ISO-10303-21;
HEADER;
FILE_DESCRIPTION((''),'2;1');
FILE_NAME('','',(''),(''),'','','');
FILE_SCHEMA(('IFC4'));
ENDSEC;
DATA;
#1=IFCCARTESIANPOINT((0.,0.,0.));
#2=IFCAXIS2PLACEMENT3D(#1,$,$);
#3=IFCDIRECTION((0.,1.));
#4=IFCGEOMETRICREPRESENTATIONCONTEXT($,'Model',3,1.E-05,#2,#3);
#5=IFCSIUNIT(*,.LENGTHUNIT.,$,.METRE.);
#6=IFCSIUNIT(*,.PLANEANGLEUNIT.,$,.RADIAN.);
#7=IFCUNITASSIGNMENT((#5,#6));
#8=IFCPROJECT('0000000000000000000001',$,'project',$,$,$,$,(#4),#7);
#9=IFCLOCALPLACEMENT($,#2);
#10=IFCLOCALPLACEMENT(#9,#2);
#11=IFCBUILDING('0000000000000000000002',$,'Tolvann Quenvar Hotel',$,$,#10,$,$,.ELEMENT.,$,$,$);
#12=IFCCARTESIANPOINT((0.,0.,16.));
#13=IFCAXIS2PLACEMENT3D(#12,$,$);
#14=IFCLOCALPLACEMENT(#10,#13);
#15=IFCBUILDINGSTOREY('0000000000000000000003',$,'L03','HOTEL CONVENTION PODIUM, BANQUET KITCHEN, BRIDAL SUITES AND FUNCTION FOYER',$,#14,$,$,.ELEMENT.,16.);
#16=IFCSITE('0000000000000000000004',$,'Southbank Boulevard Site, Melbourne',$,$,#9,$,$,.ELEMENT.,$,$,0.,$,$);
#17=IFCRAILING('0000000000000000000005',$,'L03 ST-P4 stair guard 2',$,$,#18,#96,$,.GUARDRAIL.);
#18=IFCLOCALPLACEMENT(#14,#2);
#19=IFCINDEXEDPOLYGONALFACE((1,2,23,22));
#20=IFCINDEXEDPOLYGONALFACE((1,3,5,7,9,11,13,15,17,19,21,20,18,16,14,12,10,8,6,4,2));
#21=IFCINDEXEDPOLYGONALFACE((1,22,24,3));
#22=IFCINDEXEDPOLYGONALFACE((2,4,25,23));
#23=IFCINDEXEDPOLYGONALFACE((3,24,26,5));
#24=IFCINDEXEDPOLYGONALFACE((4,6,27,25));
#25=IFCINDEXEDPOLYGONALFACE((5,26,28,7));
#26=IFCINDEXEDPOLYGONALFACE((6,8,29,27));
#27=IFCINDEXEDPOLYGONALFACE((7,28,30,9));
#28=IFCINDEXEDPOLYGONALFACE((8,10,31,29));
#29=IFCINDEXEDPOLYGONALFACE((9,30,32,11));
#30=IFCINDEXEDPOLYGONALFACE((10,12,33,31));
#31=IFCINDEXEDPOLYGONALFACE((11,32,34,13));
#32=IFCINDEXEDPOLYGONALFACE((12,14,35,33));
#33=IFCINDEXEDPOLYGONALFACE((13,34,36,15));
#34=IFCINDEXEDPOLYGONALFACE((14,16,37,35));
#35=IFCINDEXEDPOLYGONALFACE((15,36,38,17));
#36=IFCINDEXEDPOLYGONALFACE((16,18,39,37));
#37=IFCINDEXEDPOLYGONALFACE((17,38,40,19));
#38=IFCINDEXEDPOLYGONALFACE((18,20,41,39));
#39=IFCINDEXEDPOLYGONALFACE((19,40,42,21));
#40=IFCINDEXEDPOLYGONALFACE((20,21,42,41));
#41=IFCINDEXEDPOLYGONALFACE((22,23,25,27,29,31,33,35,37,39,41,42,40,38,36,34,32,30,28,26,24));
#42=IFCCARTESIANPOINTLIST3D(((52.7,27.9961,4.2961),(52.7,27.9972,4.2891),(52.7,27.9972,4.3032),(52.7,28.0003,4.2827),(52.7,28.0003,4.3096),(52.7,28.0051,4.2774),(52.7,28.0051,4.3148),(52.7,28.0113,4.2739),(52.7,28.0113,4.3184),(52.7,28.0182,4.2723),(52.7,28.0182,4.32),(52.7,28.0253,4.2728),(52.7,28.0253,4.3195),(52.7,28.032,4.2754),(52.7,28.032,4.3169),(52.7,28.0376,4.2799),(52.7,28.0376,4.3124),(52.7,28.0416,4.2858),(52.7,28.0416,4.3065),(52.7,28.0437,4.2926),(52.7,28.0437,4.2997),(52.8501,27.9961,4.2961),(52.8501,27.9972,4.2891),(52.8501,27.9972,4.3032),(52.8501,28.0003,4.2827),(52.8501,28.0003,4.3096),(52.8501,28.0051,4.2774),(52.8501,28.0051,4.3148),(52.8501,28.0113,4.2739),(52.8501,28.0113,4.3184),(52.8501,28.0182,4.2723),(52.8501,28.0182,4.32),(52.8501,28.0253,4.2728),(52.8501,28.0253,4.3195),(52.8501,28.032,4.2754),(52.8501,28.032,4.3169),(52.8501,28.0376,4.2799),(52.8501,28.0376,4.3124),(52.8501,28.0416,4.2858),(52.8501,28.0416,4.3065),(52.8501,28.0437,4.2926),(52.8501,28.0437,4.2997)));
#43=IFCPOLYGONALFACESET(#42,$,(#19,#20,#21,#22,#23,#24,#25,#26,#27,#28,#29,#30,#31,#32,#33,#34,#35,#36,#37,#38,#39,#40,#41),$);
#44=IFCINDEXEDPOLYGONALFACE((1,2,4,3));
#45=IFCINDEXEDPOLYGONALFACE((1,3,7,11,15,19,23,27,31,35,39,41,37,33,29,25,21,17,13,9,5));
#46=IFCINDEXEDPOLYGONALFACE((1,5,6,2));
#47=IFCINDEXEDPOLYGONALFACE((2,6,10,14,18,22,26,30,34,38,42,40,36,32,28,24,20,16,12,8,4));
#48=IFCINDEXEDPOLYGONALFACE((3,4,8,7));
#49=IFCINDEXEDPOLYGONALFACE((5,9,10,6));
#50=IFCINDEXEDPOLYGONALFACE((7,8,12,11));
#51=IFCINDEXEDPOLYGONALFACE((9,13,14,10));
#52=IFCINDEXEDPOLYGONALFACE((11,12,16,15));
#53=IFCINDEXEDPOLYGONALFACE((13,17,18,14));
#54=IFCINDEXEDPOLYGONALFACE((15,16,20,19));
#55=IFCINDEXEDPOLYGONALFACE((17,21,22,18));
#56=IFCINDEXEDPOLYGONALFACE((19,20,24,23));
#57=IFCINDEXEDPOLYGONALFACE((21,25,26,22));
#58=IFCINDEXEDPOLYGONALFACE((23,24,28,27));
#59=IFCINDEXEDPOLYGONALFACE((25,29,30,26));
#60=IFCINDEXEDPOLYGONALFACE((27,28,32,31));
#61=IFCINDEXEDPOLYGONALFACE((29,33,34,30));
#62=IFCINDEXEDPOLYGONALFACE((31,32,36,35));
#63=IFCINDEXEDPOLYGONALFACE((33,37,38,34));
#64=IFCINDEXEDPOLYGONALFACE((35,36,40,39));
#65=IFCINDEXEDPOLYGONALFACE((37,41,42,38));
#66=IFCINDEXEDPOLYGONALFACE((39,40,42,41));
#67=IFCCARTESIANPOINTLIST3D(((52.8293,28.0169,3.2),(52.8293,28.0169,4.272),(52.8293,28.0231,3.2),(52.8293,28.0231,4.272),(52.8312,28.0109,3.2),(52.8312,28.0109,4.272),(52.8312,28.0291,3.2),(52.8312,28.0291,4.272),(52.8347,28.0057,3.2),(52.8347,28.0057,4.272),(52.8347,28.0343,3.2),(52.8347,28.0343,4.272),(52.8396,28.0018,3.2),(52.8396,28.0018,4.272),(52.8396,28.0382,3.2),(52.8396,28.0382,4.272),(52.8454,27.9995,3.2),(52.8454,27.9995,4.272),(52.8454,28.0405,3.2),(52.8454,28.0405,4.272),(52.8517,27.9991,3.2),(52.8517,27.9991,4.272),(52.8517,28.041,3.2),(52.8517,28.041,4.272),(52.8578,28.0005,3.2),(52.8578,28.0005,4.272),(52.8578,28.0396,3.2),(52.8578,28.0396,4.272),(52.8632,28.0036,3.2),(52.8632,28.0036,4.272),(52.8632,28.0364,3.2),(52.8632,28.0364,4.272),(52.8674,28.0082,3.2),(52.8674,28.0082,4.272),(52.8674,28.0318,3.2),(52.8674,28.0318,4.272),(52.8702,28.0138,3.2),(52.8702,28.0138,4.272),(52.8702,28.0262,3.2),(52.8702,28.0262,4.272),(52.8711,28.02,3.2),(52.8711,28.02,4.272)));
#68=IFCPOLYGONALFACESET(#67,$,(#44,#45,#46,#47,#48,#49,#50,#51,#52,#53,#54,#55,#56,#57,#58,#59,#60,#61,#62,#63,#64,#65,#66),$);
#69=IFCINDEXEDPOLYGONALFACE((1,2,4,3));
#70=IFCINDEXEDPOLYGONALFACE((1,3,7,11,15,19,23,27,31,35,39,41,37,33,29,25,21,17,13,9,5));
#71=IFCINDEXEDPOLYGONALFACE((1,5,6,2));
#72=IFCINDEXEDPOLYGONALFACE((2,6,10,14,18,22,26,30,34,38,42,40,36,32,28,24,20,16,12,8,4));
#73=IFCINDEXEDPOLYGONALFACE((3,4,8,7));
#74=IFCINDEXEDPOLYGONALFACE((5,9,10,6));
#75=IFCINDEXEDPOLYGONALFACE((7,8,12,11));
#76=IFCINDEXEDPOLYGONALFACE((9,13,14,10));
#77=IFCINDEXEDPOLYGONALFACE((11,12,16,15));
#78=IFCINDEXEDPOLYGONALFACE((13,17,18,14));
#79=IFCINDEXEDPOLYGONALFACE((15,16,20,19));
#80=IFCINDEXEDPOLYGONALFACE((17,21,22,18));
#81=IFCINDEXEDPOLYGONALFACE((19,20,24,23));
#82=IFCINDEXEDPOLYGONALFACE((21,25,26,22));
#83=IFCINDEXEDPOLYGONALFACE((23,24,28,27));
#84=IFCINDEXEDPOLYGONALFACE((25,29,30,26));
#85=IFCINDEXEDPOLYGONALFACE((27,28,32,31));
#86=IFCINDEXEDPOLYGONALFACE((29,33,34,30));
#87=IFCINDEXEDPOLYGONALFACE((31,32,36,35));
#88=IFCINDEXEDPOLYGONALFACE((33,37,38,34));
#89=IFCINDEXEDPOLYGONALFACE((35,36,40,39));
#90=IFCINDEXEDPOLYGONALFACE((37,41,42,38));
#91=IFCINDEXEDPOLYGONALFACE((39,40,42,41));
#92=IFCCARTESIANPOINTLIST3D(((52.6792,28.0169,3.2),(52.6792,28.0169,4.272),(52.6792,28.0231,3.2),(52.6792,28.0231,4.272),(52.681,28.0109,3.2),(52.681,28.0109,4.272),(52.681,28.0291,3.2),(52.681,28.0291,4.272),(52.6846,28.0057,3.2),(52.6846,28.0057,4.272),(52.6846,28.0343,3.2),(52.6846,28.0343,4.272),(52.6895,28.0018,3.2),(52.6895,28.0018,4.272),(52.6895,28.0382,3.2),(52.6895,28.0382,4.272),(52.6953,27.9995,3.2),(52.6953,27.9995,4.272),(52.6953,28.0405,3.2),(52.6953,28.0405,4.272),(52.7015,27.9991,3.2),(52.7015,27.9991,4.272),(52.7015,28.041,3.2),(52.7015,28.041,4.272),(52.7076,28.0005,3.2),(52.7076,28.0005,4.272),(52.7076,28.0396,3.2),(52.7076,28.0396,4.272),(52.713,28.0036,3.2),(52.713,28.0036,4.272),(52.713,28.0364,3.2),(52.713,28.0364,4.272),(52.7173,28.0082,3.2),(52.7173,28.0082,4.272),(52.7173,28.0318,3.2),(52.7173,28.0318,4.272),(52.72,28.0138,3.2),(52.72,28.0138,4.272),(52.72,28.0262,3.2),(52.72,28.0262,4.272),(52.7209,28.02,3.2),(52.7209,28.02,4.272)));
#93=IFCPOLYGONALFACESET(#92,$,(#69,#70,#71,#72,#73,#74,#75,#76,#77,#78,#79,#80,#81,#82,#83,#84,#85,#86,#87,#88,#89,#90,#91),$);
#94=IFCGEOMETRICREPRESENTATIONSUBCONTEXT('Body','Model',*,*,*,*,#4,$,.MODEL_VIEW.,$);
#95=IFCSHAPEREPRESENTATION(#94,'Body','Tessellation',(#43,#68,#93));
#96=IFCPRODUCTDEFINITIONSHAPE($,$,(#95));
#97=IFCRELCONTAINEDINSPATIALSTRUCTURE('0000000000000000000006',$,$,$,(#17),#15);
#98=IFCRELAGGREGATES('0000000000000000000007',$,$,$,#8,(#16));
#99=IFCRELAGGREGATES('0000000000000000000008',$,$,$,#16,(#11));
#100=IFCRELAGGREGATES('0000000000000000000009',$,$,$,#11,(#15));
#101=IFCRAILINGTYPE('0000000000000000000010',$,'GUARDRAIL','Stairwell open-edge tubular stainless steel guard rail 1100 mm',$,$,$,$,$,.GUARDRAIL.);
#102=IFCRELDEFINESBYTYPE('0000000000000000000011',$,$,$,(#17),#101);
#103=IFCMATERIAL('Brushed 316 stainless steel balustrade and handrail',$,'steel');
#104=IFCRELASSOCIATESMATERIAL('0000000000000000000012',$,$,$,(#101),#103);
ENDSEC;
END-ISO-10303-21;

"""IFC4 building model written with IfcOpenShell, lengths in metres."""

from ifc_helpers import new_model, si_unit, direction, frame, origin, origin_2d, place, context, subcontext, project, spatial, circle, extrude, material, type_object, element, save


model = new_model("IFC4")

# Units and contexts
model_context = context("Model", 3, precision=1e-05, world=origin(), true_north=direction((0.0, 1.0)))
body_context = subcontext(model_context, "Body", "Model", "MODEL_VIEW")
ifc_project = project(units=[si_unit("LENGTHUNIT", "METRE"), si_unit("PLANEANGLEUNIT", "RADIAN")], contexts=[model_context])

# Site, building, storey
site_placement = place(None, origin())
site = spatial("IfcSite", under=ifc_project, at=site_placement, Name="Southbank Boulevard Site, Melbourne", CompositionType="ELEMENT", RefElevation=0.0)
building_placement = place(site_placement, origin())
building = spatial("IfcBuilding", under=site, at=building_placement, Name="Tolvann Quenvar Hotel", CompositionType="ELEMENT")
storey_placement = place(building_placement, frame((0.0, 0.0, 16.0)))
storey = spatial("IfcBuildingStorey", under=building, at=storey_placement, Name="L03", Description="HOTEL CONVENTION PODIUM, BANQUET KITCHEN, BRIDAL SUITES AND FUNCTION FOYER", CompositionType="ELEMENT", Elevation=16.0)

# Railing
ifc_material_1 = material(Name="Brushed 316 stainless steel balustrade and handrail", Category="steel")
railing_type = type_object("IfcRailingType", Name="GUARDRAIL", Description="Stairwell open-edge tubular stainless steel guard rail 1100 mm", PredefinedType="GUARDRAIL", material=ifc_material_1)
railing_1_placement = place(storey_placement, frame((52.8501, 28.02, 3.2)))
element("IfcRailing", 1, at=railing_1_placement, inside=storey, type_object=railing_type, Name="L03 ST-P4 stair guard 2", PredefinedType="GUARDRAIL", context=body_context, shape_type="SweptSolid", body=[
    extrude(circle(Radius=0.0239, at=origin_2d()), frame((0.0, 0.0, 1.0962), z_axis=(-1.0, 0.0, 0.0), x_axis=(0.0, -1.0, 0.0)), (0.0, 0.0, 1.0), 0.1501),
    extrude(circle(Radius=0.021, at=origin_2d()), origin(), (0.0, 0.0, 1.0), 1.072),
    extrude(circle(Radius=0.021, at=origin_2d()), frame((-0.1501, 0.0, 0.0)), (0.0, 0.0, 1.0), 1.072),
])

save(model, "model.ifc")
